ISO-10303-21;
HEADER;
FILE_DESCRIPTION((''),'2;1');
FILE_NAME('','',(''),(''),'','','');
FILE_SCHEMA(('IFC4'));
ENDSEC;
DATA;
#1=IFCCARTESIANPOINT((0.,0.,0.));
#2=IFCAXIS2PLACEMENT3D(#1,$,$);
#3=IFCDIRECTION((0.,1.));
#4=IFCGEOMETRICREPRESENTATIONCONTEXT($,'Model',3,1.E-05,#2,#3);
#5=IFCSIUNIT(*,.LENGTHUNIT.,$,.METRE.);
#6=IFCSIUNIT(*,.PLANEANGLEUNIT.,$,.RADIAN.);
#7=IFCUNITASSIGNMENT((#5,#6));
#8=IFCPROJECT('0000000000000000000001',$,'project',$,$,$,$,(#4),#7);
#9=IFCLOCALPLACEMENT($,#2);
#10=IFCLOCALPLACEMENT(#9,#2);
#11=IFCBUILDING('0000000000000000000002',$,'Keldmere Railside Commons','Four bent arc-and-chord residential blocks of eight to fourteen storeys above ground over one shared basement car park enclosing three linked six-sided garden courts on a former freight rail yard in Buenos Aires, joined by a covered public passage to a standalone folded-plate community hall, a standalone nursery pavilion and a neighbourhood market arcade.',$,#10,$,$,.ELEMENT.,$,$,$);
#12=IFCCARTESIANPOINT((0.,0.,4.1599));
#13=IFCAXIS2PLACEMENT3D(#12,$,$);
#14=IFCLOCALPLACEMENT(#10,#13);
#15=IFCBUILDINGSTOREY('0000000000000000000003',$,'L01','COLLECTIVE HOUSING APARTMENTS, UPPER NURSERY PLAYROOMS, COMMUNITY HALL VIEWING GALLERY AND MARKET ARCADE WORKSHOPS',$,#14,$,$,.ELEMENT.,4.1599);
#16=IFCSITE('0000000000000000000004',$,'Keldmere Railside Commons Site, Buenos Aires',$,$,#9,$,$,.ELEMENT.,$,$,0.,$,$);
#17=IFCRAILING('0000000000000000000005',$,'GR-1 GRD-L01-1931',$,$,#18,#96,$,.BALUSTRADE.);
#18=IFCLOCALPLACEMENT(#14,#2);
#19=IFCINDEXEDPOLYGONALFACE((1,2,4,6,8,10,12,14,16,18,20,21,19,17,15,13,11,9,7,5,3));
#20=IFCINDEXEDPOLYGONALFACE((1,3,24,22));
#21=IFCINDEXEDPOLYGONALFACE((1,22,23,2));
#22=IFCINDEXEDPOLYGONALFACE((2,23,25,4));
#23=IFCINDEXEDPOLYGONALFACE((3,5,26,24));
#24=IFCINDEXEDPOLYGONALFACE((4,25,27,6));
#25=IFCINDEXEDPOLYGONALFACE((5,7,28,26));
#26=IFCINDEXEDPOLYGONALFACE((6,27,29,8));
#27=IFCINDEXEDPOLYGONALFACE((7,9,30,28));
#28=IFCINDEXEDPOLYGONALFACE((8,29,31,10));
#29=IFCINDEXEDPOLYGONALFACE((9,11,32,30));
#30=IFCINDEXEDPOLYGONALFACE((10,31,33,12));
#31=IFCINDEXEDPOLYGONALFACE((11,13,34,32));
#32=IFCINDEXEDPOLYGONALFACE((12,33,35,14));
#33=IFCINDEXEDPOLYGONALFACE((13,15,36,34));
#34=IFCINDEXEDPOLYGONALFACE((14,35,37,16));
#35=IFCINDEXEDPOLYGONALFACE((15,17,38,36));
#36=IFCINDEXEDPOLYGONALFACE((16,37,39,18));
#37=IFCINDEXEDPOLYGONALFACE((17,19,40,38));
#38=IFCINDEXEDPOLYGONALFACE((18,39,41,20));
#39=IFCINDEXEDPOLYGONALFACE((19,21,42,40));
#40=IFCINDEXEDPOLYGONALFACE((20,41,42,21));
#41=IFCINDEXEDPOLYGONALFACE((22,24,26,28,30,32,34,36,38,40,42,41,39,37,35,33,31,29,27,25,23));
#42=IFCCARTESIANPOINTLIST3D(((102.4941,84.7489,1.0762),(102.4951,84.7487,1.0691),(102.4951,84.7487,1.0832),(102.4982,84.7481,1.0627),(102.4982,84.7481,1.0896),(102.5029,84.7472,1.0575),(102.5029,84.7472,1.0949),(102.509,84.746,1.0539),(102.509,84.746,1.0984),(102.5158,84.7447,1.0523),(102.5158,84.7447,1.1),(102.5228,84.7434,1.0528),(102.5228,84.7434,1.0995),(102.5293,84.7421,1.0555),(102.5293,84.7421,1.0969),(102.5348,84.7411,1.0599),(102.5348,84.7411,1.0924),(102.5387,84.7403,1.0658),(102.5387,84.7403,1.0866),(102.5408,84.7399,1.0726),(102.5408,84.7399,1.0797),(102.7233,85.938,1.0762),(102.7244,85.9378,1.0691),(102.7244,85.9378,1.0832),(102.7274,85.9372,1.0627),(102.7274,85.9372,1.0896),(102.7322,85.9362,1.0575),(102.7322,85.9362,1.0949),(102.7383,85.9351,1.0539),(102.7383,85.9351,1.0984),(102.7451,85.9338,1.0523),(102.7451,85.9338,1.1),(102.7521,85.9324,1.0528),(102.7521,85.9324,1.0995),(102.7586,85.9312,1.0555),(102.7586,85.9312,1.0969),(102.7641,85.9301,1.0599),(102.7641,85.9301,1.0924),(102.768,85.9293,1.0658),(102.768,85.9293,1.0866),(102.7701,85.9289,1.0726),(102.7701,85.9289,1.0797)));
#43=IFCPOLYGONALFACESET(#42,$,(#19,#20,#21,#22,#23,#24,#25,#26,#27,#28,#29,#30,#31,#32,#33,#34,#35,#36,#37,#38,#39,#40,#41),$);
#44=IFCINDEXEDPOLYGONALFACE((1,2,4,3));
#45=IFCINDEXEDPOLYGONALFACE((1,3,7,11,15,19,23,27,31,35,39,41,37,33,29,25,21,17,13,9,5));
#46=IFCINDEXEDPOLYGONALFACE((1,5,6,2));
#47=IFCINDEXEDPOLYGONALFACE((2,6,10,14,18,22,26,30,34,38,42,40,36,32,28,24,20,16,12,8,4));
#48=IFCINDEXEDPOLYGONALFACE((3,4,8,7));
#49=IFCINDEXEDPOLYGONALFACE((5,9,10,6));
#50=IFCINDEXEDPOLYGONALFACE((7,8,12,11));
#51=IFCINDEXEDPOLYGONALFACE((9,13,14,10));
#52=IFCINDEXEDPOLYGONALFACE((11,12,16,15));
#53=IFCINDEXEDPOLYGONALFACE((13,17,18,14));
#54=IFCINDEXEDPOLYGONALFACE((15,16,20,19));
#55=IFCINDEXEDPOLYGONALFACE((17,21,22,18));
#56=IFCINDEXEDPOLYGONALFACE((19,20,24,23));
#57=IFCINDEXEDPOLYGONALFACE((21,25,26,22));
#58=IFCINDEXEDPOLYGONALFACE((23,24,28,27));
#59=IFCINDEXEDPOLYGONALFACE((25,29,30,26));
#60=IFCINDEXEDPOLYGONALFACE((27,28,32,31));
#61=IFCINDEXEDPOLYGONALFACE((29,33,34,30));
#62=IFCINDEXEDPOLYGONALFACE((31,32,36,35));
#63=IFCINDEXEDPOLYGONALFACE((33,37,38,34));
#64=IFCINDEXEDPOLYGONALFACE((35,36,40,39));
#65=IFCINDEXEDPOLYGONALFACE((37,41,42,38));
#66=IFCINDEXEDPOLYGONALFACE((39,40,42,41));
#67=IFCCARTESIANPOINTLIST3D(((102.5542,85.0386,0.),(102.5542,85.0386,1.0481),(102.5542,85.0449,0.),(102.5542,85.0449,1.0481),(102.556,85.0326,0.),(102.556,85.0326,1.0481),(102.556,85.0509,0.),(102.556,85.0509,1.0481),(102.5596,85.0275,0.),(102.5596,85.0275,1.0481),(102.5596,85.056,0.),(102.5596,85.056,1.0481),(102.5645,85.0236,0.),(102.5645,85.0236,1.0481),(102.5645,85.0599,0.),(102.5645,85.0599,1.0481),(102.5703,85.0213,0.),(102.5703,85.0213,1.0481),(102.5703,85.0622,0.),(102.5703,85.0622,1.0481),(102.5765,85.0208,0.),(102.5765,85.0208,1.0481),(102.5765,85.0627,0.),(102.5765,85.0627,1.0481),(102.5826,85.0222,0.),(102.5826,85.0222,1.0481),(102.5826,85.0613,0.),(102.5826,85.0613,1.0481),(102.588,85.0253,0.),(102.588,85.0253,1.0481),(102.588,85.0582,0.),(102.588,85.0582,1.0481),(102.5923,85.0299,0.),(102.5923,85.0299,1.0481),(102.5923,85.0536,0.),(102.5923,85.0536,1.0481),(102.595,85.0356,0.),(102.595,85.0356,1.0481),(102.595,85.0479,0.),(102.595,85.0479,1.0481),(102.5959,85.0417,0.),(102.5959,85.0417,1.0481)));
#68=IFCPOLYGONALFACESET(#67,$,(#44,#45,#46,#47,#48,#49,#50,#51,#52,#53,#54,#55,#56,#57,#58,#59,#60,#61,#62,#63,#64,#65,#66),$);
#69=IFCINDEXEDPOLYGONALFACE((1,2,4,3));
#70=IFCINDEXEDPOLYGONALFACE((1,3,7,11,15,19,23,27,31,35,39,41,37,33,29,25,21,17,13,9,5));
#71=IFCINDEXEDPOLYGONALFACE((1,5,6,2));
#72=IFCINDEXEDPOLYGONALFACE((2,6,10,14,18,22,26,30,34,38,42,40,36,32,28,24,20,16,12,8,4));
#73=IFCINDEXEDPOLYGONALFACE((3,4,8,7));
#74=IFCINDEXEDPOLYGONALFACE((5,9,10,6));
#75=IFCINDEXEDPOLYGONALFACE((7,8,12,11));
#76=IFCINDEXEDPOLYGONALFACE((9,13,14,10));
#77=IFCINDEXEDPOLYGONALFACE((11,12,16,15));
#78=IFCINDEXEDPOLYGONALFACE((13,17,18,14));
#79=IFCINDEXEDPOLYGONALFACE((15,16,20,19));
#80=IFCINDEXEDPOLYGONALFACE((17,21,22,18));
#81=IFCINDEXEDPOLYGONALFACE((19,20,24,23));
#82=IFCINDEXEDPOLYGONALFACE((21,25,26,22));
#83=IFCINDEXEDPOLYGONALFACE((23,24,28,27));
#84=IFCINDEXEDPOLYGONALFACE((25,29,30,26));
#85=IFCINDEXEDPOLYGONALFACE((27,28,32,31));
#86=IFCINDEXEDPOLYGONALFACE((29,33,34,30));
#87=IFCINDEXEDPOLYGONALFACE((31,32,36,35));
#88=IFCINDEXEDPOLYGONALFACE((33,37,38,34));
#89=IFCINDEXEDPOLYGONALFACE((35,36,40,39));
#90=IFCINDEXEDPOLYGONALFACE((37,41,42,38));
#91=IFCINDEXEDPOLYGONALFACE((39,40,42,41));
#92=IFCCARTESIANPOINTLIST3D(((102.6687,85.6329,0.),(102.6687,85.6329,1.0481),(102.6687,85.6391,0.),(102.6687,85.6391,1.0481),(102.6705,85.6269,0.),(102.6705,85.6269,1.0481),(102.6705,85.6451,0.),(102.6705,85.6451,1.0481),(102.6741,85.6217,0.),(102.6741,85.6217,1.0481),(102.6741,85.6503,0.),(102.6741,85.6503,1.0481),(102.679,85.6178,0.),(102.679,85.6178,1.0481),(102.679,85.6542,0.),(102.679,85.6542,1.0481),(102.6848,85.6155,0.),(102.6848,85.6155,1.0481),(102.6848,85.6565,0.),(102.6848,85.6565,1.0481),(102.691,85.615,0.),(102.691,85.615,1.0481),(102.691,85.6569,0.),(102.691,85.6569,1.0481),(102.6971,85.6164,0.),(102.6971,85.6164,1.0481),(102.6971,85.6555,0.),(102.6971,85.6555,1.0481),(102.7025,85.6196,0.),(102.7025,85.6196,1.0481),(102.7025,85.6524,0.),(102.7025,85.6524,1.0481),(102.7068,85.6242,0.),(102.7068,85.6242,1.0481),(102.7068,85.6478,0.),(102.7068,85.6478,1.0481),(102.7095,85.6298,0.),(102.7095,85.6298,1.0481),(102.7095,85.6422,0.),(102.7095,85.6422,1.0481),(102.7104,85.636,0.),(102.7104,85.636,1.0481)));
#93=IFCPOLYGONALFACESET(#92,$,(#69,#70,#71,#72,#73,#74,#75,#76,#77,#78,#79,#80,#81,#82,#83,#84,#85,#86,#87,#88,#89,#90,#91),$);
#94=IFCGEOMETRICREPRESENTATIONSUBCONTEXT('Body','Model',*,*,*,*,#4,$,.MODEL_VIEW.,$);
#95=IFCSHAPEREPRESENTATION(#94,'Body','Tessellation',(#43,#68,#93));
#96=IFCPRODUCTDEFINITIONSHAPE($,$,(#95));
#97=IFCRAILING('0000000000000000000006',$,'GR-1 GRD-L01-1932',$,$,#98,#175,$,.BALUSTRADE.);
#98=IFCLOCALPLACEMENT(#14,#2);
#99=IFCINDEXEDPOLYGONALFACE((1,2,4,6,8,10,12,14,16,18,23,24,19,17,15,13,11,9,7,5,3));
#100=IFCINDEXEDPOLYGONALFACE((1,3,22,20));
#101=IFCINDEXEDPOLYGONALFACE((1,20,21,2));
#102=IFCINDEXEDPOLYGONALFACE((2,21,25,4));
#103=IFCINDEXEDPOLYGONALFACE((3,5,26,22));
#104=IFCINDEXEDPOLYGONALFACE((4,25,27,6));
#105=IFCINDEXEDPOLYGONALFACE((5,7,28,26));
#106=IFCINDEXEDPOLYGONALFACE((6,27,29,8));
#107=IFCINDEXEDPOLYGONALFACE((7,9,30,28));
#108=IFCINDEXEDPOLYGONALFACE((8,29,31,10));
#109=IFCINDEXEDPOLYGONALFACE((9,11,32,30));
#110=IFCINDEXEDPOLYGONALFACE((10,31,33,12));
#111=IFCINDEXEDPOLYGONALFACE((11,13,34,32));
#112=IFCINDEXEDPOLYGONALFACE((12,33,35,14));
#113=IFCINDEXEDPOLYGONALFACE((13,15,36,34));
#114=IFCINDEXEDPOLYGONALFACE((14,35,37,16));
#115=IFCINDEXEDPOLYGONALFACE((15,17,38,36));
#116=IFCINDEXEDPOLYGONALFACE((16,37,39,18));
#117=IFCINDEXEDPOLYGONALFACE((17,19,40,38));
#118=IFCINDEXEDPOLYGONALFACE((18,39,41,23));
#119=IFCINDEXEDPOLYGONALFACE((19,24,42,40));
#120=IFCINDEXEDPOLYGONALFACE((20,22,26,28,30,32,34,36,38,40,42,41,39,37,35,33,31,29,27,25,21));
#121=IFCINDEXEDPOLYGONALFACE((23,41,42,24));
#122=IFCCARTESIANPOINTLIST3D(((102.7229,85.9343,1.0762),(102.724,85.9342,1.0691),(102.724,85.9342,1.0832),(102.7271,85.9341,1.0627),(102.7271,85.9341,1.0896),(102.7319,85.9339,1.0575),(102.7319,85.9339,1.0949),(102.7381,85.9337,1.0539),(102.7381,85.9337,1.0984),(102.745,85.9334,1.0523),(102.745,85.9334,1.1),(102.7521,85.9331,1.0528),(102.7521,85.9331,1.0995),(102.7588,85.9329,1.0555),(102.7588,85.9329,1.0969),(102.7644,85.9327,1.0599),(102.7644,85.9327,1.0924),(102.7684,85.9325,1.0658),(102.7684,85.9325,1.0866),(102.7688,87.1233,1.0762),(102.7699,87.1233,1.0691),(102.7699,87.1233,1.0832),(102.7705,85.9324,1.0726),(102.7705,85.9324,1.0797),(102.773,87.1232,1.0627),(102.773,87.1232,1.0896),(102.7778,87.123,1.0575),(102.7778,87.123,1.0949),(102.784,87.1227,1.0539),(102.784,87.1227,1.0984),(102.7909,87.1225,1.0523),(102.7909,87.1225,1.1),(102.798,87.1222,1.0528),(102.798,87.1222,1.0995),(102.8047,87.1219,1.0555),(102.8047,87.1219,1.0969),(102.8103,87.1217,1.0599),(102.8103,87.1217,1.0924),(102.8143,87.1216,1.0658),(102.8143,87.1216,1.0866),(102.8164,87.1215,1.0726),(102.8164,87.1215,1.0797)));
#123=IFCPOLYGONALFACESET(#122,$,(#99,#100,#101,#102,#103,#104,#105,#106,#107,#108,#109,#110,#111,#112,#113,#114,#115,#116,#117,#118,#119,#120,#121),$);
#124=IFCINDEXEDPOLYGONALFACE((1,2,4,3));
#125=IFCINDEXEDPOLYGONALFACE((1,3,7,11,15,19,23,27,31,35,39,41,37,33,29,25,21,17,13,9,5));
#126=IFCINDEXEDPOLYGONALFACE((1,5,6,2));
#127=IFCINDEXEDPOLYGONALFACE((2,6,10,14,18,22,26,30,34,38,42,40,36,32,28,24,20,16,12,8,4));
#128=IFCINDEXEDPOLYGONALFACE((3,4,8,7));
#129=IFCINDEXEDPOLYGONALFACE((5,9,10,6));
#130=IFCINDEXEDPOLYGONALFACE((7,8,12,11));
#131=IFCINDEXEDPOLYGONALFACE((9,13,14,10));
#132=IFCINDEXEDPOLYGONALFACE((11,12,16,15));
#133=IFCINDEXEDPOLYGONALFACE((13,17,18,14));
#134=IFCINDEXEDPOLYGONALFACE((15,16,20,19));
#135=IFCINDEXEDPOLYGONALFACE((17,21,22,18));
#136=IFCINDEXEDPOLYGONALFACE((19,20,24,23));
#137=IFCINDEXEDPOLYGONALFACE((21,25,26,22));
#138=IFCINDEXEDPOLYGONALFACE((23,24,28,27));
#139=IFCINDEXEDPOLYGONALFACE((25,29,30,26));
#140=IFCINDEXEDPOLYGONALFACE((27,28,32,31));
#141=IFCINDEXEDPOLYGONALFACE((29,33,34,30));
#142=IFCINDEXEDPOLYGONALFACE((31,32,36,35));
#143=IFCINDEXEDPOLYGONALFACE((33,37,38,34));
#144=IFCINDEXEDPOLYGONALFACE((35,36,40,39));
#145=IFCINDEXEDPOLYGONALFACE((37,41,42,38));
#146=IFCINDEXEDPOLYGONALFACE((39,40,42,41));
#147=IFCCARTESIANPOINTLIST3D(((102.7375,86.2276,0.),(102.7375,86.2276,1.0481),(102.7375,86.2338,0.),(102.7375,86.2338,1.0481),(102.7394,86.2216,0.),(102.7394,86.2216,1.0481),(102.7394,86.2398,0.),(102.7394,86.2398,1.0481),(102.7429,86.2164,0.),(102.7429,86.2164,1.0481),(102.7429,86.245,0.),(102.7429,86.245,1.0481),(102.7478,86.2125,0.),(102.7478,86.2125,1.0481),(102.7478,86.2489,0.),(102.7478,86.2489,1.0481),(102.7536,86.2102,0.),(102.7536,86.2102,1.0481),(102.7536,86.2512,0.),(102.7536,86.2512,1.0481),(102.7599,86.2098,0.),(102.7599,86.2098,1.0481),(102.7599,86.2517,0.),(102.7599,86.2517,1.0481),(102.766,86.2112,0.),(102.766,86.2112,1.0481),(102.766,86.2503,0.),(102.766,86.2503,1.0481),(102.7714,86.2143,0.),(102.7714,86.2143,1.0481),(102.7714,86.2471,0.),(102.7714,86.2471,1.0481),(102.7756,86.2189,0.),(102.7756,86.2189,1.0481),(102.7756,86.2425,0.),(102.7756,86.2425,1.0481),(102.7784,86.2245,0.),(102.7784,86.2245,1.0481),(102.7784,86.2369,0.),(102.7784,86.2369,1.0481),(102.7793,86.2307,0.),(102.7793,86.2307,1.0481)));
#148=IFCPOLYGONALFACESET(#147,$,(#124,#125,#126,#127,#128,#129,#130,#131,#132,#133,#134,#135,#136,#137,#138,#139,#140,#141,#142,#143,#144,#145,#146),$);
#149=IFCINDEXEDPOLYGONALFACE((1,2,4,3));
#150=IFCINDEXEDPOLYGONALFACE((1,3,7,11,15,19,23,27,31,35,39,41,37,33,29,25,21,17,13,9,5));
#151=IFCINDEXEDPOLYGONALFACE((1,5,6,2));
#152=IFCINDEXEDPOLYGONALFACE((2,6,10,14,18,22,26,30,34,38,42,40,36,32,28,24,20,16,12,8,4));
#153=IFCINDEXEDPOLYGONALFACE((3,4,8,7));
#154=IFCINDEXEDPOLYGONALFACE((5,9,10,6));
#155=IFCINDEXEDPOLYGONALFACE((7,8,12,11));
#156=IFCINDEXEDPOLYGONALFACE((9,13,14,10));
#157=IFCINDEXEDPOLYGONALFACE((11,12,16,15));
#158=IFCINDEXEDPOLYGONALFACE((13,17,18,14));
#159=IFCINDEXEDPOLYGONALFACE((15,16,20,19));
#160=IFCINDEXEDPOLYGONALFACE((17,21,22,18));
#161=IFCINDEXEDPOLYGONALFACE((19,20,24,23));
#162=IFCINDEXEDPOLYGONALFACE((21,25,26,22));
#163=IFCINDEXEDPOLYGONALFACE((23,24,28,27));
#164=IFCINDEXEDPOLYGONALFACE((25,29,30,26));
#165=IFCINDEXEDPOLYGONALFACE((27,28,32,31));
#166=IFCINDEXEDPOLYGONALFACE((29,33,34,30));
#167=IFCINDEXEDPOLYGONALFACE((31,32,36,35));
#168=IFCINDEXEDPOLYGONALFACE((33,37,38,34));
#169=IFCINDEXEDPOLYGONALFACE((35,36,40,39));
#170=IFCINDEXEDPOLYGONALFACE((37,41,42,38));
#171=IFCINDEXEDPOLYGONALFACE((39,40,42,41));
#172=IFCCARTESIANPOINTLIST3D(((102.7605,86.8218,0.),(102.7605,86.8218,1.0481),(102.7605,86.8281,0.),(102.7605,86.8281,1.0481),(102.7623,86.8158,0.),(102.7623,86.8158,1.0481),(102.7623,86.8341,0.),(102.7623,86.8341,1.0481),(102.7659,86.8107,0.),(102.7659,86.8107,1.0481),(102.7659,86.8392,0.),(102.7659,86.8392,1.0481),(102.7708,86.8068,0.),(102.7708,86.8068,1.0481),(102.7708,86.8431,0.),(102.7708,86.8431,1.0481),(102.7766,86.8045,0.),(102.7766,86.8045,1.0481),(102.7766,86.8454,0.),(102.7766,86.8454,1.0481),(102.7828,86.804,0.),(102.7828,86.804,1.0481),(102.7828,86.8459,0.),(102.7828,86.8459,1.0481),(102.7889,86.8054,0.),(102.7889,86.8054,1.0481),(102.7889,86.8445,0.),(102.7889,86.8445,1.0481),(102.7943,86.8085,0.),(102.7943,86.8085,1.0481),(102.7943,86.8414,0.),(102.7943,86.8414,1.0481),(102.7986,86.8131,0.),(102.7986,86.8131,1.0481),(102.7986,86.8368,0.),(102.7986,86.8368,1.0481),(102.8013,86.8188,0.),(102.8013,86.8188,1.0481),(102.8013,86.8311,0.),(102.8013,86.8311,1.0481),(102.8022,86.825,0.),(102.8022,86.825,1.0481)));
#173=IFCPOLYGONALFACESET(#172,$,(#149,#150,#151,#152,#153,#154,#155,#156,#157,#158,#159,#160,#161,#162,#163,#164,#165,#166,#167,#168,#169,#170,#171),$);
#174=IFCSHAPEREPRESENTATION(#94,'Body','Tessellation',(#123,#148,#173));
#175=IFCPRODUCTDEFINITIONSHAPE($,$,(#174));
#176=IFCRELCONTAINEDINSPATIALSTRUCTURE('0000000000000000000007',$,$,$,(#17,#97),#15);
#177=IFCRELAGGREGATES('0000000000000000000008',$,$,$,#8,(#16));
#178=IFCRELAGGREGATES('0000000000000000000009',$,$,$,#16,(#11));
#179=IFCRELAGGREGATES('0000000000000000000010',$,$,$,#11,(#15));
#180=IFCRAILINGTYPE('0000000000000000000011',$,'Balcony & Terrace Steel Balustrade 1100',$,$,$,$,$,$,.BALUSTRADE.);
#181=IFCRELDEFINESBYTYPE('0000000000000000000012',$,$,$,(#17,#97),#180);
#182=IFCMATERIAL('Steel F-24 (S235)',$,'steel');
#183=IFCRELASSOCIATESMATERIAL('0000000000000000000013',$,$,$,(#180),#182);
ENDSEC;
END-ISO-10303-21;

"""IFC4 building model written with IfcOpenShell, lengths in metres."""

from ifc_helpers import new_model, si_unit, direction, frame, origin, origin_2d, place, context, subcontext, project, spatial, circle, extrude, material, type_object, element, save


model = new_model("IFC4")

# Units and contexts
model_context = context("Model", 3, precision=1e-05, world=origin(), true_north=direction((0.0, 1.0)))
body_context = subcontext(model_context, "Body", "Model", "MODEL_VIEW")
ifc_project = project(units=[si_unit("LENGTHUNIT", "METRE"), si_unit("PLANEANGLEUNIT", "RADIAN")], contexts=[model_context])

# Site, building, storey
site_placement = place(None, origin())
site = spatial("IfcSite", under=ifc_project, at=site_placement, Name="Keldmere Railside Commons Site, Buenos Aires", CompositionType="ELEMENT", RefElevation=0.0)
building_placement = place(site_placement, origin())
building = spatial("IfcBuilding", under=site, at=building_placement, Name="Keldmere Railside Commons", Description="Four bent arc-and-chord residential blocks of eight to fourteen storeys above ground over one shared basement car park enclosing three linked six-sided garden courts on a former freight rail yard in Buenos Aires, joined by a covered public passage to a standalone folded-plate community hall, a standalone nursery pavilion and a neighbourhood market arcade.", CompositionType="ELEMENT")
storey_placement = place(building_placement, frame((0.0, 0.0, 4.1599)))
storey = spatial("IfcBuildingStorey", under=building, at=storey_placement, Name="L01", Description="COLLECTIVE HOUSING APARTMENTS, UPPER NURSERY PLAYROOMS, COMMUNITY HALL VIEWING GALLERY AND MARKET ARCADE WORKSHOPS", CompositionType="ELEMENT", Elevation=4.1599)

# Railings
ifc_material_1 = material(Name="Steel F-24 (S235)", Category="steel")
railing_type = type_object("IfcRailingType", Name="Balcony & Terrace Steel Balustrade 1100", PredefinedType="BALUSTRADE", material=ifc_material_1)
railing_1_placement = place(storey_placement, frame((102.5176, 84.7444, 0.0)))
element("IfcRailing", 1, at=railing_1_placement, inside=storey, type_object=railing_type, Name="GR-1 GRD-L01-1931", PredefinedType="BALUSTRADE", context=body_context, shape_type="SweptSolid", body=[
    extrude(circle(Radius=0.0239, at=origin_2d()), frame((0.0, 0.0, 1.0762), z_axis=(0.189326, 0.981914, 0.0), x_axis=(-0.981914, 0.189326, 0.0)), (0.0, 0.0, 1.0), 1.2109),
    extrude(circle(Radius=0.021, at=origin_2d()), frame((0.0574, 0.2974, 0.0)), (0.0, 0.0, 1.0), 1.0481),
    extrude(circle(Radius=0.021, at=origin_2d()), frame((0.1719, 0.8916, 0.0)), (0.0, 0.0, 1.0), 1.0481),
])
railing_2_placement = place(storey_placement, frame((102.7468, 85.9333, 0.0)))
element("IfcRailing", 2, at=railing_2_placement, inside=storey, type_object=railing_type, Name="GR-1 GRD-L01-1932", PredefinedType="BALUSTRADE", context=body_context, shape_type="SweptSolid", body=[
    extrude(circle(Radius=0.0239, at=origin_2d()), frame((0.0, 0.0, 1.0762), z_axis=(0.038575, 0.999256, 0.0), x_axis=(-0.999256, 0.038575, 0.0)), (0.0, 0.0, 1.0), 1.1899),
    extrude(circle(Radius=0.021, at=origin_2d()), frame((0.0115, 0.2974, 0.0)), (0.0, 0.0, 1.0), 1.0481),
    extrude(circle(Radius=0.021, at=origin_2d()), frame((0.0344, 0.8916, 0.0)), (0.0, 0.0, 1.0), 1.0481),
])

save(model, "model.ifc")
